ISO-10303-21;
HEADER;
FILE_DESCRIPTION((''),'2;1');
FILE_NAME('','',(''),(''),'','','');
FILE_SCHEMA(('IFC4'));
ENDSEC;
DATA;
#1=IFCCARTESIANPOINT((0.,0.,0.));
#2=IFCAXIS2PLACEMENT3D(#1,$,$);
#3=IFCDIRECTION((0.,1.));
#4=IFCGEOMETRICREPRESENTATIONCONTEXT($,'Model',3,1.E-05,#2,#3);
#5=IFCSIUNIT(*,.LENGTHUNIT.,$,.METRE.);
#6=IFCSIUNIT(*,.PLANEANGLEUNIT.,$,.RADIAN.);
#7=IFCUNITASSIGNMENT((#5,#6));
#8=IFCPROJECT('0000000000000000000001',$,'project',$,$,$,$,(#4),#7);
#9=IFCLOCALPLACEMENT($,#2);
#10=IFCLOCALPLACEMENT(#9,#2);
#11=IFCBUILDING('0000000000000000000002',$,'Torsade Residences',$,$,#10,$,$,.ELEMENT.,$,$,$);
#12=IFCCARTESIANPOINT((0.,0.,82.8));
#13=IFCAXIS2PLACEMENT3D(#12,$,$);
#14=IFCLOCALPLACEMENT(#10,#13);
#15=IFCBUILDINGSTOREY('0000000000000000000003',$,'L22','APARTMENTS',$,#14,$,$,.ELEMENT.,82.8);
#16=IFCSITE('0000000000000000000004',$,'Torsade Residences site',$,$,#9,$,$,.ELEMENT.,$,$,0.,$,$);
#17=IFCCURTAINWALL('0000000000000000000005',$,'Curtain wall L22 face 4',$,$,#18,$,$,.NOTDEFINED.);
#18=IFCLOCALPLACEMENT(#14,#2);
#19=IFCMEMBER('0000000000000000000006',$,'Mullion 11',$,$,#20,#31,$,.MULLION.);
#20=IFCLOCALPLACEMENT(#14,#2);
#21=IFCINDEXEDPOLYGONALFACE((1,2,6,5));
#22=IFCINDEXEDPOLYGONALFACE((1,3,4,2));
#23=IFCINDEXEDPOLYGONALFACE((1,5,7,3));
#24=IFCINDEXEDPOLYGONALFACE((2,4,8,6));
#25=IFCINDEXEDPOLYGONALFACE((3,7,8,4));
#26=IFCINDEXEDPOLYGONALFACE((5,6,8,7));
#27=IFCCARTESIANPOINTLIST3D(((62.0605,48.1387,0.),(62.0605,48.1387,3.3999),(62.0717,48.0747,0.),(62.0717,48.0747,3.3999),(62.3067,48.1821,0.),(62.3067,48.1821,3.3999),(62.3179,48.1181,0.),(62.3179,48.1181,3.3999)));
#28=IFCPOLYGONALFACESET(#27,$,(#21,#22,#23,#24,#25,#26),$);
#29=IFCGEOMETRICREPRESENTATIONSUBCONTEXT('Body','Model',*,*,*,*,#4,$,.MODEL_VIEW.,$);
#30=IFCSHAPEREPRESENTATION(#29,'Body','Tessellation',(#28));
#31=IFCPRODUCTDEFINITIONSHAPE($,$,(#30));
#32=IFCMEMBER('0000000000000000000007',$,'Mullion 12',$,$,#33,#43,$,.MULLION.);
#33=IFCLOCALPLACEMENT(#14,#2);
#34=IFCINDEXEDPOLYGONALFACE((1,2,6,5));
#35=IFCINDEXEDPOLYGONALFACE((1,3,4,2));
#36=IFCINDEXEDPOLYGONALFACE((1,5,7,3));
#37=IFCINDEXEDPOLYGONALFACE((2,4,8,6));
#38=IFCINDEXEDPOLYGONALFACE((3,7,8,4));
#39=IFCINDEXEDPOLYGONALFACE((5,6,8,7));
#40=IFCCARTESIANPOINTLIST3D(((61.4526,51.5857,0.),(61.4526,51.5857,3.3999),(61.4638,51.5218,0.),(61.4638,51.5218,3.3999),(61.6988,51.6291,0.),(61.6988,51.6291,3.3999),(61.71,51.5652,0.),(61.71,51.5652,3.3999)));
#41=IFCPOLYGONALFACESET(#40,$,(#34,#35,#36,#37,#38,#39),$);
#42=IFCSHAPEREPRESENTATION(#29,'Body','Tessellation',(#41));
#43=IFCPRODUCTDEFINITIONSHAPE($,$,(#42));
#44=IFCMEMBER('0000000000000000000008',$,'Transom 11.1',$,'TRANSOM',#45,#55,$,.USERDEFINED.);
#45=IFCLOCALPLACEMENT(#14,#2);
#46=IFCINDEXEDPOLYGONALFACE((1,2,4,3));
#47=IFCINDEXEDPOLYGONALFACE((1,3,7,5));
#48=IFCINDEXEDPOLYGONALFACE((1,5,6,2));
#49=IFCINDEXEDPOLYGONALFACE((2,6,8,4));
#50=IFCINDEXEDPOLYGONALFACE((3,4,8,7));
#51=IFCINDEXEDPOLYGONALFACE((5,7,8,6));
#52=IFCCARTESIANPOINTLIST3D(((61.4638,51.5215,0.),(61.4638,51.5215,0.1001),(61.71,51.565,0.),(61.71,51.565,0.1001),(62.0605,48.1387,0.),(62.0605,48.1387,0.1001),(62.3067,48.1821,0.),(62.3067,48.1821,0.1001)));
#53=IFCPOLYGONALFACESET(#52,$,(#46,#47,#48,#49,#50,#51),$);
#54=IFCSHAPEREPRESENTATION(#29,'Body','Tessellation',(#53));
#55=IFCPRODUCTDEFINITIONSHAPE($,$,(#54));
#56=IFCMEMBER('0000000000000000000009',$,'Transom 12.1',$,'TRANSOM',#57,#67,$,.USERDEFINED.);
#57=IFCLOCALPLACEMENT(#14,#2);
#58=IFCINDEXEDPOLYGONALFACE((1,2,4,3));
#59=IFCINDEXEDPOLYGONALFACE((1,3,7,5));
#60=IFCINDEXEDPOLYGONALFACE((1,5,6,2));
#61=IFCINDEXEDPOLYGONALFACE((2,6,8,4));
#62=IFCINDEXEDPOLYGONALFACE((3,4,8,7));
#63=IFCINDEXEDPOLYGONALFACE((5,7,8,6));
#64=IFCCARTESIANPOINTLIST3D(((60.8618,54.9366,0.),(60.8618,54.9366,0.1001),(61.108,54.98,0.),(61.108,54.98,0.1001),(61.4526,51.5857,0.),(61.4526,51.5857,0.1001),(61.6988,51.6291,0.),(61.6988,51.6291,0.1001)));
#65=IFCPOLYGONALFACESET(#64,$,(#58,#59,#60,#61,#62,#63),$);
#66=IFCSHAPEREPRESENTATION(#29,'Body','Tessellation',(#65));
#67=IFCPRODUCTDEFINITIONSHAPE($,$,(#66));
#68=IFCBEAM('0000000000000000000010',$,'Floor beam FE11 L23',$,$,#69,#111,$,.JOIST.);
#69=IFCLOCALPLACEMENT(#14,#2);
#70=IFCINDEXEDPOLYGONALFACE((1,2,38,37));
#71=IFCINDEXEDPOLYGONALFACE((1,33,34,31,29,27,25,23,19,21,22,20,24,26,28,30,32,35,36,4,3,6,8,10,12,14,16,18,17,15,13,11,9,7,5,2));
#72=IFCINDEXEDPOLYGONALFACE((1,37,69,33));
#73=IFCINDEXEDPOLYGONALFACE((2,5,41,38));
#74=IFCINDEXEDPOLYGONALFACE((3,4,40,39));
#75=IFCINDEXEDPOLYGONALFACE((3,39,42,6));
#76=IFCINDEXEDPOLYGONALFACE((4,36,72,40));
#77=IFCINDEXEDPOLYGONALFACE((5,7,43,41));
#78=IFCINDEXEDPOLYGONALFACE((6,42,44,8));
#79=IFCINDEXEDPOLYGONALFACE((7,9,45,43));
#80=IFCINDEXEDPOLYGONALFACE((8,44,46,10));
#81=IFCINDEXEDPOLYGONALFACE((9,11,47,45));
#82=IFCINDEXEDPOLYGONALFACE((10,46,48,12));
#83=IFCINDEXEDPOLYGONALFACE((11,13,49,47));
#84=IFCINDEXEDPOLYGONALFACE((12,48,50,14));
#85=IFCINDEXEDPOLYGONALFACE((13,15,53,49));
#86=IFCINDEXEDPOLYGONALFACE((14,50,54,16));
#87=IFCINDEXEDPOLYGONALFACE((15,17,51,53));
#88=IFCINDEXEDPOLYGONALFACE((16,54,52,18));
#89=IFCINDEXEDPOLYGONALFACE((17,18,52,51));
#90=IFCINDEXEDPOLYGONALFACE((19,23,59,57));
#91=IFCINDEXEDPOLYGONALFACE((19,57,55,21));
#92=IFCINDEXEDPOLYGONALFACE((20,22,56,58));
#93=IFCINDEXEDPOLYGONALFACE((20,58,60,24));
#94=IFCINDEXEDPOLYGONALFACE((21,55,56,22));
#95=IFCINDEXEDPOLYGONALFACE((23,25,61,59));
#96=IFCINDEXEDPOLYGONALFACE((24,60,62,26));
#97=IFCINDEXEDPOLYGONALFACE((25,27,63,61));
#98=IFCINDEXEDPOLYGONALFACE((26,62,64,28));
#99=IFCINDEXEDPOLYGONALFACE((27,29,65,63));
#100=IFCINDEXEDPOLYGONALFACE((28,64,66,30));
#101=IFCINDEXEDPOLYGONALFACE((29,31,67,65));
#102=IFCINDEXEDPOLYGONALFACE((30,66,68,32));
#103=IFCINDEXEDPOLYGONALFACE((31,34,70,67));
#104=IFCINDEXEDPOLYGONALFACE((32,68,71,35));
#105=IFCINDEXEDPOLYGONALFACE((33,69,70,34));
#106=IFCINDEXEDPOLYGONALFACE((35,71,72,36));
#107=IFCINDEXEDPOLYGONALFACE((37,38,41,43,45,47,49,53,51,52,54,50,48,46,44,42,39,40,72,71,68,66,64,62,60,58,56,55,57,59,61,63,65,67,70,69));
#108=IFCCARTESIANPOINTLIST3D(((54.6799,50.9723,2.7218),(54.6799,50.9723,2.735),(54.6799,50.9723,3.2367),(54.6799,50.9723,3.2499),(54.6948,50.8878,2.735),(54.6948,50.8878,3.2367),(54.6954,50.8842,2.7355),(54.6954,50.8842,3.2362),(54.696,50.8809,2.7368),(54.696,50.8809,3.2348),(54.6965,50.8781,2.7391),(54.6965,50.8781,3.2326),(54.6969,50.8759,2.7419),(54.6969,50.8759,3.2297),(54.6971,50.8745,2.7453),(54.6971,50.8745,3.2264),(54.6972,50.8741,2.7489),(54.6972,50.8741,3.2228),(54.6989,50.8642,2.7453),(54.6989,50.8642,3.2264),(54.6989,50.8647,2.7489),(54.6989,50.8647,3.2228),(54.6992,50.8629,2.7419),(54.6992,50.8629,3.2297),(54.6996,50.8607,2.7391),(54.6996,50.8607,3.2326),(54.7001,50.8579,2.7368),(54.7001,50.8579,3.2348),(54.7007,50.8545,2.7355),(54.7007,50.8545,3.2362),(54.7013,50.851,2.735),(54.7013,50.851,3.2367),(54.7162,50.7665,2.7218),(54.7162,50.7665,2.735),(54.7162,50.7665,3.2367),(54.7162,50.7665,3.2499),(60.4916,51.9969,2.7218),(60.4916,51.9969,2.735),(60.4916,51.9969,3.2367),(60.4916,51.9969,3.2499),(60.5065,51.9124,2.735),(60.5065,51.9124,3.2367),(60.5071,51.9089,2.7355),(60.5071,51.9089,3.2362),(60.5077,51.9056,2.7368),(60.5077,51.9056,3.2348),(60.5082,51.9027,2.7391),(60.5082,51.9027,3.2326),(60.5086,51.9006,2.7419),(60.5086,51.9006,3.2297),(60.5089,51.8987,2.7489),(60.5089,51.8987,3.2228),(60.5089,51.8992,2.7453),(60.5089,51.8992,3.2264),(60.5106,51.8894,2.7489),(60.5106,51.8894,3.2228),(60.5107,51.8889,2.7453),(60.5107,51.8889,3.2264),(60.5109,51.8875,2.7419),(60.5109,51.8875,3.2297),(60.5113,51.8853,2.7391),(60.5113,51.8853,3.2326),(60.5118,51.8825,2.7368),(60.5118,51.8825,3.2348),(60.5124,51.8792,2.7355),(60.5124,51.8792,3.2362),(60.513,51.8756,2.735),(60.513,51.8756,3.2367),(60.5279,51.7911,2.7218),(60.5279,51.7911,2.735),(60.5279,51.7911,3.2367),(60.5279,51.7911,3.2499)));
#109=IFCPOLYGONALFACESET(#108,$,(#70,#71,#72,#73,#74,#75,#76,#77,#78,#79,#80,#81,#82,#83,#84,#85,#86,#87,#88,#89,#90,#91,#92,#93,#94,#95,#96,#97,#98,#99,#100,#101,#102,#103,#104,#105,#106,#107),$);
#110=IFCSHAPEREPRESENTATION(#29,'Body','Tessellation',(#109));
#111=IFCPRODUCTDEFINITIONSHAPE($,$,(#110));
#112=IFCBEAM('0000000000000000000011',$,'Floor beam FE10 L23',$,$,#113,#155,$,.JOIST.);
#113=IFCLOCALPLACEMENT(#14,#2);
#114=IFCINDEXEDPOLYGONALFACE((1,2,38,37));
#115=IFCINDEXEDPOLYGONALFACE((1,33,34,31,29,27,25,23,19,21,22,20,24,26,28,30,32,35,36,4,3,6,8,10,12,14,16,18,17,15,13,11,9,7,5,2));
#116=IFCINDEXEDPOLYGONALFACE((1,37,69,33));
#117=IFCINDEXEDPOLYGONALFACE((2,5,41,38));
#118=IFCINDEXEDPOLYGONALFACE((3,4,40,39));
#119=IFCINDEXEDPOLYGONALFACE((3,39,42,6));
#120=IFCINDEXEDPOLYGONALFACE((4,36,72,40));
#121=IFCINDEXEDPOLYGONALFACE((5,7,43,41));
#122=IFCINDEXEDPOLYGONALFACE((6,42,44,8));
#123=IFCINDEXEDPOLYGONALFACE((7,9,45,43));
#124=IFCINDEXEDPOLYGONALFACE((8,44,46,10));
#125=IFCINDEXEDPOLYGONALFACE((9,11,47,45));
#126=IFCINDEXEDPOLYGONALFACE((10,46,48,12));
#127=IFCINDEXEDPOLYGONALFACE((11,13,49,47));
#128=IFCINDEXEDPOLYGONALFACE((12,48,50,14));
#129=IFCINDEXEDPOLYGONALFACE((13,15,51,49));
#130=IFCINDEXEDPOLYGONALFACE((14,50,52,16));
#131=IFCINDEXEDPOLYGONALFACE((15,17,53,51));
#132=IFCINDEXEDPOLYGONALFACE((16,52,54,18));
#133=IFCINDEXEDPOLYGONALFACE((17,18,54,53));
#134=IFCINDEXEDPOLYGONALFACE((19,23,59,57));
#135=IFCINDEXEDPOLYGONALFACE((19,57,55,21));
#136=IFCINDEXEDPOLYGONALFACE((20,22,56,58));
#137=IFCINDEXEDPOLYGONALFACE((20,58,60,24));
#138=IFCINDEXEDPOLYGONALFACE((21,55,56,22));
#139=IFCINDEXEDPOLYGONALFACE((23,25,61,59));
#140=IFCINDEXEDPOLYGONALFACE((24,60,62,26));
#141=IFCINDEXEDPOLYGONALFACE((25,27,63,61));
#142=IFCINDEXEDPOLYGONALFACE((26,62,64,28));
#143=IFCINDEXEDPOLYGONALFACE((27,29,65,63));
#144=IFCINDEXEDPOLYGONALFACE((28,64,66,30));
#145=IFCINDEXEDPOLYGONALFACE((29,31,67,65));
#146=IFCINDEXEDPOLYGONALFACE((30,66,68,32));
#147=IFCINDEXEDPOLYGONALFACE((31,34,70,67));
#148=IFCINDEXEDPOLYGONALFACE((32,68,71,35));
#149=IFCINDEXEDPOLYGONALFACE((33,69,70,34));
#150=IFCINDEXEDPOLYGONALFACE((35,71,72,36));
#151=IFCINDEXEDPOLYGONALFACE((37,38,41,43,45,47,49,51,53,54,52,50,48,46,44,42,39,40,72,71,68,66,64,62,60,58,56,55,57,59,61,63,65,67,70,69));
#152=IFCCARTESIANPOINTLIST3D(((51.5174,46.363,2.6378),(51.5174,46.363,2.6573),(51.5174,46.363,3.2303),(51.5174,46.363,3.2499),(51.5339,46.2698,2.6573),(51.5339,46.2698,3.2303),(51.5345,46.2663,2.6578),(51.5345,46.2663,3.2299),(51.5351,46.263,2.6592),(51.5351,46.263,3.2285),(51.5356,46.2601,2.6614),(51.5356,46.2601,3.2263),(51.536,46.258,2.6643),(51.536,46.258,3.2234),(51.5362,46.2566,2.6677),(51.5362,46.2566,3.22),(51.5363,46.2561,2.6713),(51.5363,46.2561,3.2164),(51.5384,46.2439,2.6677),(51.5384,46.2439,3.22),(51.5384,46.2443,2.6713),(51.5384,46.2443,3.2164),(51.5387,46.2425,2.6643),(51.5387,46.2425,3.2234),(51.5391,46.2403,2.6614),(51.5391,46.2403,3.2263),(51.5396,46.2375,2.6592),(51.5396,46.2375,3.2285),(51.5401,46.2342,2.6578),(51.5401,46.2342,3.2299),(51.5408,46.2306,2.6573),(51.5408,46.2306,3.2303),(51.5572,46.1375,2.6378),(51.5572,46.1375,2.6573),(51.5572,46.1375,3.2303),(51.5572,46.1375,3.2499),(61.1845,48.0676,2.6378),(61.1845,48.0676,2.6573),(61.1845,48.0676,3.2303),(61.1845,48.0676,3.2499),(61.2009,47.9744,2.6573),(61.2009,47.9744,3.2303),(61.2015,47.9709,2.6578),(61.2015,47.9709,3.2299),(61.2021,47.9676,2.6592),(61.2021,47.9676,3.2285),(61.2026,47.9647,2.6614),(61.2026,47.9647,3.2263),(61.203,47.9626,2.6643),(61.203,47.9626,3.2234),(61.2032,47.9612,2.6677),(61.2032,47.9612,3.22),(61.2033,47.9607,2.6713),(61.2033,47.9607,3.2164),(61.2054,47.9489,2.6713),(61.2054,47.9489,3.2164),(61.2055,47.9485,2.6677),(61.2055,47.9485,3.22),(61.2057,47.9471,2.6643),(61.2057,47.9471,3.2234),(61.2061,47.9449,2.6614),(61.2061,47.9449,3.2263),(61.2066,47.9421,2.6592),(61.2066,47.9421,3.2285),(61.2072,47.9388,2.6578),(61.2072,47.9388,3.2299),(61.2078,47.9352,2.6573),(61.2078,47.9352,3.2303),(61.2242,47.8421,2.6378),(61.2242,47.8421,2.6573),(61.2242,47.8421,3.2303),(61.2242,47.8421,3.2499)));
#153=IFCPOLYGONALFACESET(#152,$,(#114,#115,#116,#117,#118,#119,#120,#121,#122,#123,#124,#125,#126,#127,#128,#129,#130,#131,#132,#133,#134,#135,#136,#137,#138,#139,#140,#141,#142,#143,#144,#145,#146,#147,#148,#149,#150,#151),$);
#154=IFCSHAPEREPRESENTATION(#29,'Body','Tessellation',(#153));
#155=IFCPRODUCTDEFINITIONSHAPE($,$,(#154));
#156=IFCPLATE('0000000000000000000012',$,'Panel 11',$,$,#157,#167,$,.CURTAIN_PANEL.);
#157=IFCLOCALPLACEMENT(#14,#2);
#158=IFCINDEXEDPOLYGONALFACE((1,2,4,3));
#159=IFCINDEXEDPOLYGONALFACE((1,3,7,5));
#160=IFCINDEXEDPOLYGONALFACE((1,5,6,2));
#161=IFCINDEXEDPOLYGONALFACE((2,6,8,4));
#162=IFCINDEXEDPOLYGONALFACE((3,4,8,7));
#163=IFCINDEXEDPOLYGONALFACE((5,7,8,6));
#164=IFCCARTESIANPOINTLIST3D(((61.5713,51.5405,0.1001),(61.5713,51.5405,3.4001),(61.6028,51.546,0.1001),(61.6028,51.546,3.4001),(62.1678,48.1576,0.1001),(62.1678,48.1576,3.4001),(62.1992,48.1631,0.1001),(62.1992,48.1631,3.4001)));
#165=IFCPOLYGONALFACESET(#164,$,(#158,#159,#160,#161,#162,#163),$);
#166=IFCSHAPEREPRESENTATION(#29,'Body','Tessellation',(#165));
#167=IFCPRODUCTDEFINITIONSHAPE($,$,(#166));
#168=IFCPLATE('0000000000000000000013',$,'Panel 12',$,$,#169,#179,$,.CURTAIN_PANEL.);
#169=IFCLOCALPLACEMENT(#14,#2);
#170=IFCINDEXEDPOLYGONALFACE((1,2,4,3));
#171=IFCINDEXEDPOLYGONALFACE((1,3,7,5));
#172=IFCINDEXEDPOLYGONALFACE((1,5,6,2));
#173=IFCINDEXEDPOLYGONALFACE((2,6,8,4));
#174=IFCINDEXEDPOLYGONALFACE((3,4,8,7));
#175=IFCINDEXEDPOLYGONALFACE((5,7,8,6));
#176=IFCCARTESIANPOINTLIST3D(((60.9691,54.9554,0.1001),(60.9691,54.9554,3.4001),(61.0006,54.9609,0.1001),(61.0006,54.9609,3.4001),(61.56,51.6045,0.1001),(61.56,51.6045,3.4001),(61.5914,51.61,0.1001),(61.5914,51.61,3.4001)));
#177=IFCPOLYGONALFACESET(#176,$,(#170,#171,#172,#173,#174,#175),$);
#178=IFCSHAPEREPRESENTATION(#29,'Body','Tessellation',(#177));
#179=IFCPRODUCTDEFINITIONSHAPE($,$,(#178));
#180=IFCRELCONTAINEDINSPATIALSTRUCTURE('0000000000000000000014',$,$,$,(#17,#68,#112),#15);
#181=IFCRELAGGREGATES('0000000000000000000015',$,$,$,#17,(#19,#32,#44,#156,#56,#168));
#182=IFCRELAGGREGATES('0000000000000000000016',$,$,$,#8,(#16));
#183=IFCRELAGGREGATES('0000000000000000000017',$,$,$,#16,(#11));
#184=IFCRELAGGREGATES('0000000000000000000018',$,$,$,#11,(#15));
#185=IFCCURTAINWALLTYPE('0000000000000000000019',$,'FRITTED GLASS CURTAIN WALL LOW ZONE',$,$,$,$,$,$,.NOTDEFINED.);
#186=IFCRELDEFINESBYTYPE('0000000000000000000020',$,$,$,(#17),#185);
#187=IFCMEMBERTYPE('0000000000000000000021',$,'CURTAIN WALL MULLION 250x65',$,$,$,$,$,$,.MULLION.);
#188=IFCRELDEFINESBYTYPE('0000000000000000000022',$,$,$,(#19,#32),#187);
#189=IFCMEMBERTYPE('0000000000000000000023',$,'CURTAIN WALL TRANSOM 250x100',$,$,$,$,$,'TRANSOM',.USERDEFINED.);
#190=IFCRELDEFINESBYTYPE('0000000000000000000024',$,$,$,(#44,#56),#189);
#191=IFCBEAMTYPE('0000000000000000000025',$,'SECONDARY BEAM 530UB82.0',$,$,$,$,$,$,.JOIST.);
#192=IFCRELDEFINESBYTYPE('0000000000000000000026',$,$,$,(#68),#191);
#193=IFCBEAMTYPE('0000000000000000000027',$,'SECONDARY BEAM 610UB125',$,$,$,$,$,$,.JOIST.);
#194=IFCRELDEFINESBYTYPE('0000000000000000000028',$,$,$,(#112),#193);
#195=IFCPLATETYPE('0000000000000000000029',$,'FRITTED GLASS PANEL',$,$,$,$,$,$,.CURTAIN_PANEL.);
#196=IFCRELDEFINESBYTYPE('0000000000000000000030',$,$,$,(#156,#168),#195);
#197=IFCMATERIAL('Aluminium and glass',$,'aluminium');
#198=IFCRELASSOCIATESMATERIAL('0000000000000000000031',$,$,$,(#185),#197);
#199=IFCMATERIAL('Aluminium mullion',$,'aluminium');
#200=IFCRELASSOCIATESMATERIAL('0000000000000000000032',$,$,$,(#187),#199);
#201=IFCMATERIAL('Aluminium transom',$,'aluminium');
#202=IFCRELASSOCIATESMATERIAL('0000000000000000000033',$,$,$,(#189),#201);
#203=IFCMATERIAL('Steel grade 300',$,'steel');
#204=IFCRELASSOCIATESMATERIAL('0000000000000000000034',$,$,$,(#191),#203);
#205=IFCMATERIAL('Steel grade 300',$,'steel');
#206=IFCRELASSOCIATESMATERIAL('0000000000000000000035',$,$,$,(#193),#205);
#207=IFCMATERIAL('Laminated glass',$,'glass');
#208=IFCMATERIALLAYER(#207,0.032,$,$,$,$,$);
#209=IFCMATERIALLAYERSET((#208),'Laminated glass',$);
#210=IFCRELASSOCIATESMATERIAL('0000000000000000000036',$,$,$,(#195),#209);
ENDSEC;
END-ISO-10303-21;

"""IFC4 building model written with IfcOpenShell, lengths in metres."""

from ifc_helpers import new_model, si_unit, direction, frame, origin, origin_2d, place, context, subcontext, project, spatial, rectangle, i_section, extrude, material, layer, layer_set, material_profile, profile_set, type_object, element, aggregate, save


model = new_model("IFC4")

# Units and contexts
model_context = context("Model", 3, precision=1e-05, world=origin(), true_north=direction((0.0, 1.0)))
body_context = subcontext(model_context, "Body", "Model", "MODEL_VIEW")
ifc_project = project(units=[si_unit("LENGTHUNIT", "METRE"), si_unit("PLANEANGLEUNIT", "RADIAN")], contexts=[model_context])

# Site, building, storey
site_placement = place(None, origin())
site = spatial("IfcSite", under=ifc_project, at=site_placement, Name="Torsade Residences site", CompositionType="ELEMENT", RefElevation=0.0)
building_placement = place(site_placement, origin())
building = spatial("IfcBuilding", under=site, at=building_placement, Name="Torsade Residences", CompositionType="ELEMENT")
storey_placement = place(building_placement, frame((0.0, 0.0, 82.8)))
storey = spatial("IfcBuildingStorey", under=building, at=storey_placement, Name="L22", Description="APARTMENTS", CompositionType="ELEMENT", Elevation=82.8)

# Curtain wall, members
ifc_material_1 = material(Name="Aluminium and glass", Category="aluminium")
curtain_wall_type = type_object("IfcCurtainWallType", Name="FRITTED GLASS CURTAIN WALL LOW ZONE", PredefinedType="NOTDEFINED", material=ifc_material_1)
curtain_wall_placement = place(storey_placement, origin())
curtain_wall = element("IfcCurtainWall", 1, at=curtain_wall_placement, inside=storey, type_object=curtain_wall_type, Name="Curtain wall L22 face 4", PredefinedType="NOTDEFINED")
ifc_material_2 = material(Name="Aluminium mullion", Category="aluminium")
ifc_material_profile_1 = material_profile(ifc_material_2, rectangle(XDim=0.25, YDim=0.0649, at=origin_2d()), Name="CURTAIN WALL MULLION 250x65")
ifc_profile_set_1 = profile_set([ifc_material_profile_1], Name="Aluminium mullion")
member_type_1 = type_object("IfcMemberType", Name="CURTAIN WALL MULLION 250x65", PredefinedType="MULLION", material=ifc_profile_set_1)
member_1_placement = place(storey_placement, frame((62.1892, 48.1284, 0.0), z_axis=(0.0, 0.0, 1.0), x_axis=(-0.984808, -0.173648, 0.0)))
member_1 = element("IfcMember", 2, at=member_1_placement, type_object=member_type_1, Name="Mullion 11", PredefinedType="MULLION", context=body_context, shape_type="SweptSolid", body=[
    extrude(rectangle(XDim=0.25, YDim=0.0649, at=origin_2d()), origin(), (0.0, 0.0, 1.0), 3.3999),
])
member_2_placement = place(storey_placement, frame((61.5813, 51.5754, 0.0), z_axis=(0.0, 0.0, 1.0), x_axis=(-0.984808, -0.173648, 0.0)))
member_2 = element("IfcMember", 3, at=member_2_placement, type_object=member_type_1, Name="Mullion 12", PredefinedType="MULLION", context=body_context, shape_type="SweptSolid", body=[
    extrude(rectangle(XDim=0.25, YDim=0.0649, at=origin_2d()), origin(), (0.0, 0.0, 1.0), 3.3999),
])
ifc_material_3 = material(Name="Aluminium transom", Category="aluminium")
ifc_material_profile_2 = material_profile(ifc_material_3, rectangle(XDim=0.25, YDim=0.1001, at=origin_2d()), Name="CURTAIN WALL TRANSOM 250x100")
ifc_profile_set_2 = profile_set([ifc_material_profile_2], Name="Aluminium transom")
member_type_2 = type_object("IfcMemberType", Name="CURTAIN WALL TRANSOM 250x100", ElementType="TRANSOM", PredefinedType="USERDEFINED", material=ifc_profile_set_2)
member_3_placement = place(storey_placement, frame((62.1836, 48.1604, 0.05), z_axis=(-0.173704, 0.984798, 0.0), x_axis=(-0.984798, -0.173704, 0.0)))
member_3 = element("IfcMember", 4, at=member_3_placement, type_object=member_type_2, Name="Transom 11.1", ObjectType="TRANSOM", PredefinedType="USERDEFINED", context=body_context, shape_type="SweptSolid", body=[
    extrude(rectangle(XDim=0.25, YDim=0.1001, at=origin_2d()), origin(), (0.0, 0.0, 1.0), 3.4351),
])
member_4_placement = place(storey_placement, frame((61.5757, 51.6074, 0.05), z_axis=(-0.173642, 0.984809, 0.0), x_axis=(-0.984809, -0.173642, 0.0)))
member_4 = element("IfcMember", 5, at=member_4_placement, type_object=member_type_2, Name="Transom 12.1", ObjectType="TRANSOM", PredefinedType="USERDEFINED", context=body_context, shape_type="SweptSolid", body=[
    extrude(rectangle(XDim=0.25, YDim=0.1001, at=origin_2d()), origin(), (0.0, 0.0, 1.0), 3.4026),
])

# Beams
ifc_material_4 = material(Name="Steel grade 300", Category="steel")
ifc_material_profile_3 = material_profile(ifc_material_4, i_section(OverallWidth=0.209, OverallDepth=0.5281, WebThickness=0.0095, FlangeThickness=0.0132, FilletRadius=0.0139, at=origin_2d()), Name="530UB82.0")
ifc_profile_set_3 = profile_set([ifc_material_profile_3], Name="Steel grade 300")
beam_type_1 = type_object("IfcBeamType", Name="SECONDARY BEAM 530UB82.0", PredefinedType="JOIST", material=ifc_profile_set_3)
beam_1_placement = place(storey_placement, frame((60.5098, 51.894, 2.9858), z_axis=(-0.984811, -0.17363, 0.0), x_axis=(0.17363, -0.984811, 0.0)))
element("IfcBeam", 6, at=beam_1_placement, inside=storey, type_object=beam_type_1, Name="Floor beam FE11 L23", PredefinedType="JOIST", context=body_context, shape_type="SweptSolid", body=[
    extrude(i_section(OverallWidth=0.209, OverallDepth=0.5281, WebThickness=0.0095, FlangeThickness=0.0132, FilletRadius=0.0139, at=origin_2d()), origin(), (0.0, 0.0, 1.0), 5.9014),
])
ifc_material_5 = material(Name="Steel grade 300", Category="steel")
ifc_material_profile_4 = material_profile(ifc_material_5, i_section(OverallWidth=0.229, OverallDepth=0.6121, WebThickness=0.012, FlangeThickness=0.0195, FilletRadius=0.0139, at=origin_2d()), Name="610UB125")
ifc_profile_set_4 = profile_set([ifc_material_profile_4], Name="Steel grade 300")
beam_type_2 = type_object("IfcBeamType", Name="SECONDARY BEAM 610UB125", PredefinedType="JOIST", material=ifc_profile_set_4)
beam_2_placement = place(storey_placement, frame((61.2043, 47.9548, 2.9438), z_axis=(-0.984807, -0.173652, 0.0), x_axis=(0.173652, -0.984807, 0.0)))
element("IfcBeam", 7, at=beam_2_placement, inside=storey, type_object=beam_type_2, Name="Floor beam FE10 L23", PredefinedType="JOIST", context=body_context, shape_type="SweptSolid", body=[
    extrude(i_section(OverallWidth=0.229, OverallDepth=0.6121, WebThickness=0.012, FlangeThickness=0.0195, FilletRadius=0.0139, at=origin_2d()), origin(), (0.0, 0.0, 1.0), 9.8162),
])

# Plates
ifc_material_6 = material(Name="Laminated glass", Category="glass")
ifc_layer_1 = layer(ifc_material_6, 0.032)
ifc_layer_set_1 = layer_set([ifc_layer_1], Name="Laminated glass")
plate_type_1 = type_object("IfcPlateType", Name="FRITTED GLASS PANEL", PredefinedType="CURTAIN_PANEL", material=ifc_layer_set_1)
plate_1_placement = place(storey_placement, frame((61.8853, 49.8518, 0.1001), z_axis=(0.0, 0.0, 1.0), x_axis=(-0.173648, 0.984808, 0.0)))
plate_1 = element("IfcPlate", 8, at=plate_1_placement, type_object=plate_type_1, Name="Panel 11", PredefinedType="CURTAIN_PANEL", context=body_context, shape_type="SweptSolid", body=[
    extrude(rectangle(XDim=3.4351, YDim=0.032, at=origin_2d()), origin(), (0.0, 0.0, 1.0), 3.3),
])
plate_2_placement = place(storey_placement, frame((61.2803, 53.2827, 0.1001), z_axis=(0.0, 0.0, 1.0), x_axis=(-0.173648, 0.984808, 0.0)))
plate_2 = element("IfcPlate", 9, at=plate_2_placement, type_object=plate_type_1, Name="Panel 12", PredefinedType="CURTAIN_PANEL", context=body_context, shape_type="SweptSolid", body=[
    extrude(rectangle(XDim=3.4026, YDim=0.032, at=origin_2d()), origin(), (0.0, 0.0, 1.0), 3.3),
])
aggregate(curtain_wall, [member_1, member_2, member_3, plate_1, member_4, plate_2])

save(model, "model.ifc")
